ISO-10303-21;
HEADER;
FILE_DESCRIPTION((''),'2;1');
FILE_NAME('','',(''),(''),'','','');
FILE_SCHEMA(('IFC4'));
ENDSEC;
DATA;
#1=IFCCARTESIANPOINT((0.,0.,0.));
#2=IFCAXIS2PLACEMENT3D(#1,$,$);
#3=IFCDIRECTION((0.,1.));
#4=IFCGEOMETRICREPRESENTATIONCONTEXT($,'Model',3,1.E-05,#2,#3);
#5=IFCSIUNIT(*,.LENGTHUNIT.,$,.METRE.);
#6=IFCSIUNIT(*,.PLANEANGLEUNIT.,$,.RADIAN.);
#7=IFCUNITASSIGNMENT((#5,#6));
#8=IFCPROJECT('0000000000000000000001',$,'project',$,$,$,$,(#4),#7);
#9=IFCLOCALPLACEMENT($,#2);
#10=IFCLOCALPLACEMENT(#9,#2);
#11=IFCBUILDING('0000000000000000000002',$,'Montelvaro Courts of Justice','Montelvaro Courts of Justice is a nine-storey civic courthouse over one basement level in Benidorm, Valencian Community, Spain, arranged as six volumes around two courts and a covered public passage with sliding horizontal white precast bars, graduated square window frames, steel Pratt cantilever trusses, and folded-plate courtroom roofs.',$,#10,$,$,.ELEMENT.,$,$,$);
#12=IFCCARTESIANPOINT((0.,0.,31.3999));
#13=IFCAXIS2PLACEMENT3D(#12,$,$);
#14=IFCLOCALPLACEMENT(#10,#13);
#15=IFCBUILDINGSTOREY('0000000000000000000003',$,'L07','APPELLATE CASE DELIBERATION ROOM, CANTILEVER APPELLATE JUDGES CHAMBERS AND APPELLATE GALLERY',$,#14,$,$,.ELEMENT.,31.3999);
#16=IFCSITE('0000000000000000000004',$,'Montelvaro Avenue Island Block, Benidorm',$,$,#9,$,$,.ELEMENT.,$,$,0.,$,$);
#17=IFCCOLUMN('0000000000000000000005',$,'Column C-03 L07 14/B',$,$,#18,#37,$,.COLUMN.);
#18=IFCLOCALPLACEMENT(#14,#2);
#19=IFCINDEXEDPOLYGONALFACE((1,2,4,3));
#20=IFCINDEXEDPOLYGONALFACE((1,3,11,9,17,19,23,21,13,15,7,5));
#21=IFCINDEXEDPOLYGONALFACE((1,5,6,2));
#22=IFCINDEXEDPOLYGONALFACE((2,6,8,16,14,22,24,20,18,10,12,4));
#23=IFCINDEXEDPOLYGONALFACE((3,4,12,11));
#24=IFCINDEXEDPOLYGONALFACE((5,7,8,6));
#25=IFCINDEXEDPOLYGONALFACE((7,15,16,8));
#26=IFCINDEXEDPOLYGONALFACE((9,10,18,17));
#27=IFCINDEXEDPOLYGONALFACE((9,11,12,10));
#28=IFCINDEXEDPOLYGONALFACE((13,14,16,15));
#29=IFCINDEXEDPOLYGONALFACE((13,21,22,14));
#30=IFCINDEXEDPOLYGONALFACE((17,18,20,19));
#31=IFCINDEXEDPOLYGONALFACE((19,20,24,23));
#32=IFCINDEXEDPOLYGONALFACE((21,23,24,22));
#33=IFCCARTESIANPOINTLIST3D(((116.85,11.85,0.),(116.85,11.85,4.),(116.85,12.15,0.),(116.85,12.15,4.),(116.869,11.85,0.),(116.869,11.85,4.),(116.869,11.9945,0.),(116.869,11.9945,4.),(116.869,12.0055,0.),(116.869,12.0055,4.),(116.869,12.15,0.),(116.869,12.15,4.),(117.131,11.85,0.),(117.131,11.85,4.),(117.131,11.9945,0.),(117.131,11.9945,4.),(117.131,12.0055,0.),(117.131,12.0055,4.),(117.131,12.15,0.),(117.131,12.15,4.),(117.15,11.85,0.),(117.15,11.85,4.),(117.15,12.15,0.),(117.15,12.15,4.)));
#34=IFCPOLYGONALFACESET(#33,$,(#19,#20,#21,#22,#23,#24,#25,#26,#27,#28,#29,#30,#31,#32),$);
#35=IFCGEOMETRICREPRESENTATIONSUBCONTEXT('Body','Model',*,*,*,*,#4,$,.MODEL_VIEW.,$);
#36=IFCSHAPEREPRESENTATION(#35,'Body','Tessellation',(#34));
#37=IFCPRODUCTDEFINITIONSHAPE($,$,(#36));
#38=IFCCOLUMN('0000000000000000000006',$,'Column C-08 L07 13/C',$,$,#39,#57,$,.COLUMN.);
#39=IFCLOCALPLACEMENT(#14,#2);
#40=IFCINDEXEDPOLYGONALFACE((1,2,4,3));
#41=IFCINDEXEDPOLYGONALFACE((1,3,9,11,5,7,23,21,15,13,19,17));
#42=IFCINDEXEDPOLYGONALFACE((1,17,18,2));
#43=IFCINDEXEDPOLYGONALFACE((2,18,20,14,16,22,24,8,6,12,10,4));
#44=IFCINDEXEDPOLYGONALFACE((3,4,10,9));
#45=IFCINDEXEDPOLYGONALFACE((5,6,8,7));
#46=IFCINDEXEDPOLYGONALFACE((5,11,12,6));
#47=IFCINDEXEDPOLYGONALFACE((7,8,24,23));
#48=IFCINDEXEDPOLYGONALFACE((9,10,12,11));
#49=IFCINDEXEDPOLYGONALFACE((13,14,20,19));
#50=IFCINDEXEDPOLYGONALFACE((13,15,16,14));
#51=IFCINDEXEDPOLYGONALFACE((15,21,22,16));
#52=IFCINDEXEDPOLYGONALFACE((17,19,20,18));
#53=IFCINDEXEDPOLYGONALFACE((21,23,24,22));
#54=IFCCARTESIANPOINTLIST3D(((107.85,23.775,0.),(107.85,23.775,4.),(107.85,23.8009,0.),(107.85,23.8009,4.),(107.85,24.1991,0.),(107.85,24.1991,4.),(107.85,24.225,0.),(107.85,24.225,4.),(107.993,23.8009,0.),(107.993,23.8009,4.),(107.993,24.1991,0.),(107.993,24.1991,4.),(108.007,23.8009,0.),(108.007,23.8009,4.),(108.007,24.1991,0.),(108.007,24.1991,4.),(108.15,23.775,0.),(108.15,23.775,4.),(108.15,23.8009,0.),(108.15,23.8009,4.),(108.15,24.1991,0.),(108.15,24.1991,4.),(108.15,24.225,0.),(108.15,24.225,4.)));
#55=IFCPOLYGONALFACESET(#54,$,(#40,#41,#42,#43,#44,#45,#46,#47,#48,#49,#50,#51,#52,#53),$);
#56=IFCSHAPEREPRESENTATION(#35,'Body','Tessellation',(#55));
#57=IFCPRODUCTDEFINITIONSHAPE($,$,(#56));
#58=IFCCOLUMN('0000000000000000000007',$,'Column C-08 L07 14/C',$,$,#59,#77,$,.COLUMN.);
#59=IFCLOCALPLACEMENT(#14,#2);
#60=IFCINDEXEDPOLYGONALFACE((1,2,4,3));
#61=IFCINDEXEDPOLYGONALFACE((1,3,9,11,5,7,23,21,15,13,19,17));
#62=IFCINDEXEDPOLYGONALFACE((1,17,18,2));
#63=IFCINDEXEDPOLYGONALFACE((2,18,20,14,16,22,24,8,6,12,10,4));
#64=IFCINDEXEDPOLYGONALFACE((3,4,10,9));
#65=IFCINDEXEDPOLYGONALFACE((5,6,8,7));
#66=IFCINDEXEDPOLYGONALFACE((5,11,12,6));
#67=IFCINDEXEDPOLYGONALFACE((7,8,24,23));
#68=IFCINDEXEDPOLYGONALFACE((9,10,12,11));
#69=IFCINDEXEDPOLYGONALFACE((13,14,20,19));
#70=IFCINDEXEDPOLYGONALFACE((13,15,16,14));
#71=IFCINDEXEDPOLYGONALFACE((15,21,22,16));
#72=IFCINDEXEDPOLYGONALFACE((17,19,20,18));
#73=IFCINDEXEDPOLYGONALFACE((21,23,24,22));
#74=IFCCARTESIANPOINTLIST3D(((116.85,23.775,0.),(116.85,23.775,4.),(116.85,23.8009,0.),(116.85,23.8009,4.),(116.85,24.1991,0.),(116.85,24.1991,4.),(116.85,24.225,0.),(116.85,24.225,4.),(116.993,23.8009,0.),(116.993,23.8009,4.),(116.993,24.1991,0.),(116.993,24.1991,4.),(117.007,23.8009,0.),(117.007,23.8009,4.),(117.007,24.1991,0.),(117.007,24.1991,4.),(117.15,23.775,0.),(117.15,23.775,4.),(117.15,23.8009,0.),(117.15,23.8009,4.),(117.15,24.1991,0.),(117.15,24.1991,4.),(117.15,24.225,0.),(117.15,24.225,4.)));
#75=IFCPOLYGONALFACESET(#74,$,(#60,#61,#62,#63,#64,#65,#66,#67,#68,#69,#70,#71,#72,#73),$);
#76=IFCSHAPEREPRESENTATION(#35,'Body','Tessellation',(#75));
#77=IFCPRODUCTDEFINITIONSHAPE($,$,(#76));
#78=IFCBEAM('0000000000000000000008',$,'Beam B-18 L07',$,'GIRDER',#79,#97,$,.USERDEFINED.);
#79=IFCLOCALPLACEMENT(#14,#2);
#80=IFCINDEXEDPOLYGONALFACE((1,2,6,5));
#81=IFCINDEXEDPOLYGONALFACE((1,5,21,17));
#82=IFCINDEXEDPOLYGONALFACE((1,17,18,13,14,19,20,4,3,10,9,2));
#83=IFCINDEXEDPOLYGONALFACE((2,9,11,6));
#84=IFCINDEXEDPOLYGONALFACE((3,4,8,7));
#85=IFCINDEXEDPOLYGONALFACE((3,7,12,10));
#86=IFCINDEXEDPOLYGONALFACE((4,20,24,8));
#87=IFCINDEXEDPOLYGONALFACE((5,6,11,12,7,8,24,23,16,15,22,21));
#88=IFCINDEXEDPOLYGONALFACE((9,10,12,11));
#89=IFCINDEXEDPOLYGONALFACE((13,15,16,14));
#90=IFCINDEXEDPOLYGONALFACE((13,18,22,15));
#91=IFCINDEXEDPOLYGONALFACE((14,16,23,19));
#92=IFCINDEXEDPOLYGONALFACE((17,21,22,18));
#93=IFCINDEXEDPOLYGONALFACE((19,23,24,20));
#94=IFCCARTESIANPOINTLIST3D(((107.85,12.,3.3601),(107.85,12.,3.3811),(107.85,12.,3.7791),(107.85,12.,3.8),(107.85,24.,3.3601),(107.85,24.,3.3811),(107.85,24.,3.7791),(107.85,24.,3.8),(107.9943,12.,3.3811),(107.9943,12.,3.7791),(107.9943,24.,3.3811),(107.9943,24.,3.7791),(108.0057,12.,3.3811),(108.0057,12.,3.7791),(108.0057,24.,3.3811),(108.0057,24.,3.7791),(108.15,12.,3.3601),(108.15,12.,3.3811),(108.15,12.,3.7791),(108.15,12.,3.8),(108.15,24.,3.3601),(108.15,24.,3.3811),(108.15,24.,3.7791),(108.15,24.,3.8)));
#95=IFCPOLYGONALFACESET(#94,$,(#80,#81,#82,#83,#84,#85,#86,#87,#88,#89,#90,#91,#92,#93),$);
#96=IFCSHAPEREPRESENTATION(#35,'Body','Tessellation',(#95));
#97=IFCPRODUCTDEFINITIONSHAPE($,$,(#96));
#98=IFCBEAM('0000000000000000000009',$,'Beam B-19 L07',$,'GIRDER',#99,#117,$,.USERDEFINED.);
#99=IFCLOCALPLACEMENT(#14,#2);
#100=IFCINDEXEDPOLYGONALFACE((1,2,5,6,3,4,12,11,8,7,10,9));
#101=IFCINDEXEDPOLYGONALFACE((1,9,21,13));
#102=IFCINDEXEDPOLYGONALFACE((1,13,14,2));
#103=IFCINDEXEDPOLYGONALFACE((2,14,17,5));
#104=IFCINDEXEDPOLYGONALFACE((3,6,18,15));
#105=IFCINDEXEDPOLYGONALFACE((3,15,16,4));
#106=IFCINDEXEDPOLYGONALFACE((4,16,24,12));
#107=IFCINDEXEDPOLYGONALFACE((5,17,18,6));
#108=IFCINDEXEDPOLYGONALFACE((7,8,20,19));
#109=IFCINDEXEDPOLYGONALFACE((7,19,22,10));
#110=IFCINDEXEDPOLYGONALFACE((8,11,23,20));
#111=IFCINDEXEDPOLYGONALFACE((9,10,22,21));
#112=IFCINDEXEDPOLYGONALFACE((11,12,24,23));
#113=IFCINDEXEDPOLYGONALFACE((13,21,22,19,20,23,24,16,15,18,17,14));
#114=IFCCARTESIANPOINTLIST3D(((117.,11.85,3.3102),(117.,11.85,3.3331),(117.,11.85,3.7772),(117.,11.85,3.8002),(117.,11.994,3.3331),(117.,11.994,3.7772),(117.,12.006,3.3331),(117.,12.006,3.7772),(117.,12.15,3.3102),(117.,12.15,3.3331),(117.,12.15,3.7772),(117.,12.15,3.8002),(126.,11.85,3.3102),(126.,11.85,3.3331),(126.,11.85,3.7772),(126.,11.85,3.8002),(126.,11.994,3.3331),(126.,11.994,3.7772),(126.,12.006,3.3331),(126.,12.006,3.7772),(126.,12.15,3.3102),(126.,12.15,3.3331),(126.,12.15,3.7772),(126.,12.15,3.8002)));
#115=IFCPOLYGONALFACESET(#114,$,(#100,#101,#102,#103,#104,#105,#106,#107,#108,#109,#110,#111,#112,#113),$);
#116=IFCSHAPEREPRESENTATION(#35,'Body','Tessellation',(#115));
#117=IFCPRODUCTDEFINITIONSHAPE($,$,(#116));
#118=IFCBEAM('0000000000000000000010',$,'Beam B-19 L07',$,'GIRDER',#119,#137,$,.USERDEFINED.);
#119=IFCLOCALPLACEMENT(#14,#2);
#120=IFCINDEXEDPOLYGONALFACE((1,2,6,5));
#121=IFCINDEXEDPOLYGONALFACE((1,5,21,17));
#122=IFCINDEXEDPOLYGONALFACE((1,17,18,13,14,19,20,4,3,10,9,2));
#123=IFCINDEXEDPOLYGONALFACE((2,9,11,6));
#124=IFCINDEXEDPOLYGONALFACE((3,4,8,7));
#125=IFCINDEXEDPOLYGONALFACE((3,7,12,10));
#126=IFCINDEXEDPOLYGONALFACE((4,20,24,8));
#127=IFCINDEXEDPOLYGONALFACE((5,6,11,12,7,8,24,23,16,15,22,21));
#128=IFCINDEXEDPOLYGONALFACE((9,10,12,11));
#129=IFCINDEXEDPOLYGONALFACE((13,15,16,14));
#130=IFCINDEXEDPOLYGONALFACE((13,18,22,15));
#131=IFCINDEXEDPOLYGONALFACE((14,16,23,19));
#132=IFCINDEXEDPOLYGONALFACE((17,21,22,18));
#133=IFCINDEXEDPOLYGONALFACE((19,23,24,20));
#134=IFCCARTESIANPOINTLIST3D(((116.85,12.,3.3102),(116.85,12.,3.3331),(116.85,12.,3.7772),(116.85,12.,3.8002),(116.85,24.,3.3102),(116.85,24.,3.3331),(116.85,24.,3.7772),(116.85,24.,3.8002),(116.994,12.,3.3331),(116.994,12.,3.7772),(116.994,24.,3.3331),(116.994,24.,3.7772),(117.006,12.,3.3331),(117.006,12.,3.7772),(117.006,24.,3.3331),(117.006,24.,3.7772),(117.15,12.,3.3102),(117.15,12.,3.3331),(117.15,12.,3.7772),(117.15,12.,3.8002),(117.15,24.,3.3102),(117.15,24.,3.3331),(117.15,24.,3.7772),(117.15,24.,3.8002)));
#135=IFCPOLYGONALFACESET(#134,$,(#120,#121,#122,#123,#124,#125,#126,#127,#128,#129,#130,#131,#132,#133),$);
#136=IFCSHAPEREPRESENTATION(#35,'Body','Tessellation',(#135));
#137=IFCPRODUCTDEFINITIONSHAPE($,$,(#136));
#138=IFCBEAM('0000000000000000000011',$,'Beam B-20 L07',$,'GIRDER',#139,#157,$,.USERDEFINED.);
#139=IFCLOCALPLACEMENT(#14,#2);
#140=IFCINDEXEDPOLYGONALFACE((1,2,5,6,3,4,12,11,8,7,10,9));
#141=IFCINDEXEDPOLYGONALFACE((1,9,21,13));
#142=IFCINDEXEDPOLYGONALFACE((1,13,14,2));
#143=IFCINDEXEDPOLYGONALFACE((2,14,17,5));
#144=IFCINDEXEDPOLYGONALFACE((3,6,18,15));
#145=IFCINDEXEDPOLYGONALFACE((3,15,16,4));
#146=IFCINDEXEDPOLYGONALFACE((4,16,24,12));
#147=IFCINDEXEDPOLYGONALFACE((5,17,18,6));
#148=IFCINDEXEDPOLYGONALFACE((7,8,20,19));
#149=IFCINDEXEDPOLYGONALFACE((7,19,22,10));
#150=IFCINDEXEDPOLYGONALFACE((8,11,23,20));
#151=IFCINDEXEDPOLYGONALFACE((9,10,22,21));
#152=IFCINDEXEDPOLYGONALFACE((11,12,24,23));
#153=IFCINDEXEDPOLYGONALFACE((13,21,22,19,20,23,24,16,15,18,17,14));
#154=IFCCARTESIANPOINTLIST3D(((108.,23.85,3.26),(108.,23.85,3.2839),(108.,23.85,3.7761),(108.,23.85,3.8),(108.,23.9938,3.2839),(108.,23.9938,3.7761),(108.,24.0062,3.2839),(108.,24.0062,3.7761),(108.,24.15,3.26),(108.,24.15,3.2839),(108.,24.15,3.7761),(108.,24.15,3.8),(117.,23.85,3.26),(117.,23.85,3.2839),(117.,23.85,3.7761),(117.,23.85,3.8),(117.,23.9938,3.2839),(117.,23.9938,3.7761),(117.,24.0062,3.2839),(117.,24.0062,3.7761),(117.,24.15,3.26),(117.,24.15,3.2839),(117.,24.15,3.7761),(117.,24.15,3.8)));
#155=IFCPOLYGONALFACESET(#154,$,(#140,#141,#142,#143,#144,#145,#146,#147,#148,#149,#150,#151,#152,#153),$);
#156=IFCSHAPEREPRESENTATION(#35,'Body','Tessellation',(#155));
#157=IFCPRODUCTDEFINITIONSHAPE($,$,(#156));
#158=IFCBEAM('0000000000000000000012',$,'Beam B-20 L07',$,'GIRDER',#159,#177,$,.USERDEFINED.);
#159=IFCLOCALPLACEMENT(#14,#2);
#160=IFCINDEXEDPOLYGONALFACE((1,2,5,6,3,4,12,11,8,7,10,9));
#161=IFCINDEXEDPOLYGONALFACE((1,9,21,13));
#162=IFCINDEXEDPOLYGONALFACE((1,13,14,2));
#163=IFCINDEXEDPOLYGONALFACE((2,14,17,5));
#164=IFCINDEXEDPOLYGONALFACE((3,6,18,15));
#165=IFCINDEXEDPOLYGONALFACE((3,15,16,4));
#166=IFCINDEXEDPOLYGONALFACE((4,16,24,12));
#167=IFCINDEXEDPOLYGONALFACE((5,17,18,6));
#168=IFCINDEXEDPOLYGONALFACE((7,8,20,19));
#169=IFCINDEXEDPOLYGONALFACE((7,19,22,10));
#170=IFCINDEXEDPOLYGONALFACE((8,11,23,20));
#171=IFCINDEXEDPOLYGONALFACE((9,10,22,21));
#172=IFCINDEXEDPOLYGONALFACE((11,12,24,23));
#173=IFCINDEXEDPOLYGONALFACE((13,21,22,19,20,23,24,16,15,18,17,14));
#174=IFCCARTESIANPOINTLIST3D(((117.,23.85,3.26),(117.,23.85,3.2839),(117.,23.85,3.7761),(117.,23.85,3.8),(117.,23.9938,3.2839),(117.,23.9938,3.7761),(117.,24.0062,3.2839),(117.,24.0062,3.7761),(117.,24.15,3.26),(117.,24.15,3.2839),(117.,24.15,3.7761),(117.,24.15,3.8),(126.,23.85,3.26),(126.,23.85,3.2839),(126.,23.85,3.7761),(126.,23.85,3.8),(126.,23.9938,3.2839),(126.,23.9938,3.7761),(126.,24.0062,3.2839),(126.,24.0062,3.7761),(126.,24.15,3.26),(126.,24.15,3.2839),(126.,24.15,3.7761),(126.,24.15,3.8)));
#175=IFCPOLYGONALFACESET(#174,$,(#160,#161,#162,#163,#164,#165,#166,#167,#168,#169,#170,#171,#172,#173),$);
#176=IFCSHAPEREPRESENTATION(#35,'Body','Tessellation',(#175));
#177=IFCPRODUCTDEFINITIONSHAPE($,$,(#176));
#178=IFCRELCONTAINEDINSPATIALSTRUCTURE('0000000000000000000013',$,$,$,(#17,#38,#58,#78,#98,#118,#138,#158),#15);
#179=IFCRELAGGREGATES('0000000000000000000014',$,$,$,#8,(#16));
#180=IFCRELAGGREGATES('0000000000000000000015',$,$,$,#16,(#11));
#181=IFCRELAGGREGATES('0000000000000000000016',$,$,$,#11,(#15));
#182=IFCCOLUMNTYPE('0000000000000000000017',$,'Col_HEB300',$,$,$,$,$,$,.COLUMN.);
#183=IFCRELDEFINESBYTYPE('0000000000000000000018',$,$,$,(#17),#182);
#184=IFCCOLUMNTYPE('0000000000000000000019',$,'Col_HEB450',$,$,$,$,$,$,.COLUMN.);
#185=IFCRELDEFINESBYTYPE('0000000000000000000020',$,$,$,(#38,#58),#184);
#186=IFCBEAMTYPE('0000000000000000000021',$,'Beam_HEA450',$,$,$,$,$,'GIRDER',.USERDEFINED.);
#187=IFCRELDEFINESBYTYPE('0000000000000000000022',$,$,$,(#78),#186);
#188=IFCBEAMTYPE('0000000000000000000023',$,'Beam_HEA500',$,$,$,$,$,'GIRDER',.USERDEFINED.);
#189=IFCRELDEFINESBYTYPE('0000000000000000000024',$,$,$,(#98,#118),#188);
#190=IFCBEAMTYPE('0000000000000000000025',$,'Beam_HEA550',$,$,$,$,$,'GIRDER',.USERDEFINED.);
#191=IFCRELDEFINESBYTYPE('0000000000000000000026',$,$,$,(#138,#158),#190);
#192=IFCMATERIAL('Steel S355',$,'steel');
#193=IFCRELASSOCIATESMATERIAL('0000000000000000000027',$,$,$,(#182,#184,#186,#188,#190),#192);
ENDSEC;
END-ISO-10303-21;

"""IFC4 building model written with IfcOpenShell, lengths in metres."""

from ifc_helpers import new_model, si_unit, direction, frame, origin, origin_2d, place, context, subcontext, project, spatial, i_section, extrude, material, material_profile, profile_set, type_object, element, save


model = new_model("IFC4")

# Units and contexts
model_context = context("Model", 3, precision=1e-05, world=origin(), true_north=direction((0.0, 1.0)))
body_context = subcontext(model_context, "Body", "Model", "MODEL_VIEW")
ifc_project = project(units=[si_unit("LENGTHUNIT", "METRE"), si_unit("PLANEANGLEUNIT", "RADIAN")], contexts=[model_context])

# Site, building, storey
site_placement = place(None, origin())
site = spatial("IfcSite", under=ifc_project, at=site_placement, Name="Montelvaro Avenue Island Block, Benidorm", CompositionType="ELEMENT", RefElevation=0.0)
building_placement = place(site_placement, origin())
building = spatial("IfcBuilding", under=site, at=building_placement, Name="Montelvaro Courts of Justice", Description="Montelvaro Courts of Justice is a nine-storey civic courthouse over one basement level in Benidorm, Valencian Community, Spain, arranged as six volumes around two courts and a covered public passage with sliding horizontal white precast bars, graduated square window frames, steel Pratt cantilever trusses, and folded-plate courtroom roofs.", CompositionType="ELEMENT")
storey_placement = place(building_placement, frame((0.0, 0.0, 31.3999)))
storey = spatial("IfcBuildingStorey", under=building, at=storey_placement, Name="L07", Description="APPELLATE CASE DELIBERATION ROOM, CANTILEVER APPELLATE JUDGES CHAMBERS AND APPELLATE GALLERY", CompositionType="ELEMENT", Elevation=31.3999)

# Columns
ifc_material_1 = material(Name="Steel S355", Category="steel")
ifc_material_profile_1 = material_profile(ifc_material_1, i_section(OverallWidth=0.3, OverallDepth=0.3, WebThickness=0.011, FlangeThickness=0.019, at=origin_2d()), Name="HEB 300")
ifc_profile_set_1 = profile_set([ifc_material_profile_1], Name="Steel S355")
column_type_1 = type_object("IfcColumnType", Name="Col_HEB300", PredefinedType="COLUMN", material=ifc_profile_set_1)
column_placement = place(storey_placement, frame((117.0, 12.0, 0.0), z_axis=(0.0, 0.0, 1.0), x_axis=(0.0, 1.0, 0.0)))
element("IfcColumn", 1, at=column_placement, inside=storey, type_object=column_type_1, Name="Column C-03 L07 14/B", PredefinedType="COLUMN", context=body_context, shape_type="SweptSolid", body=[
    extrude(i_section(OverallWidth=0.3, OverallDepth=0.3, WebThickness=0.011, FlangeThickness=0.019, at=origin_2d()), origin(), (0.0, 0.0, 1.0), 4.0),
])
ifc_material_profile_2 = material_profile(ifc_material_1, i_section(OverallWidth=0.3, OverallDepth=0.45, WebThickness=0.0139, FlangeThickness=0.0259, at=origin_2d()), Name="HEB 450")
ifc_profile_set_2 = profile_set([ifc_material_profile_2], Name="Steel S355")
column_type_2 = type_object("IfcColumnType", Name="Col_HEB450", PredefinedType="COLUMN", material=ifc_profile_set_2)
for number, where, z_axis, x_axis, name in (
    (2, (108.0, 24.0, 0.0), (0.0, 0.0, 1.0), (1.0, 0.0, 0.0), "Column C-08 L07 13/C"),
    (3, (117.0, 24.0, 0.0), (0.0, 0.0, 1.0), (1.0, 0.0, 0.0), "Column C-08 L07 14/C"),
):
    element("IfcColumn", number, at=place(storey_placement, frame(where, z_axis=z_axis, x_axis=x_axis)), inside=storey, type_object=column_type_2, Name=name, PredefinedType="COLUMN", context=body_context, shape_type="SweptSolid", body=[
        extrude(i_section(OverallWidth=0.3, OverallDepth=0.45, WebThickness=0.0139, FlangeThickness=0.0259, at=origin_2d()), origin(), (0.0, 0.0, 1.0), 4.0),
    ])

# Beams
ifc_material_profile_3 = material_profile(ifc_material_1, i_section(OverallWidth=0.3, OverallDepth=0.4399, WebThickness=0.0115, FlangeThickness=0.021, at=origin_2d()), Name="HEA 450")
ifc_profile_set_3 = profile_set([ifc_material_profile_3], Name="Steel S355")
beam_type_1 = type_object("IfcBeamType", Name="Beam_HEA450", ElementType="GIRDER", PredefinedType="USERDEFINED", material=ifc_profile_set_3)
beam_1_placement = place(storey_placement, frame((108.0, 12.0, 3.5801), z_axis=(0.0, 1.0, 0.0), x_axis=(-1.0, 0.0, 0.0)))
element("IfcBeam", 4, at=beam_1_placement, inside=storey, type_object=beam_type_1, Name="Beam B-18 L07", ObjectType="GIRDER", PredefinedType="USERDEFINED", context=body_context, shape_type="SweptSolid", body=[
    extrude(i_section(OverallWidth=0.3, OverallDepth=0.4399, WebThickness=0.0115, FlangeThickness=0.021, at=origin_2d()), origin(), (0.0, 0.0, 1.0), 12.0),
])
ifc_material_profile_4 = material_profile(ifc_material_1, i_section(OverallWidth=0.3, OverallDepth=0.49, WebThickness=0.012, FlangeThickness=0.0229, at=origin_2d()), Name="HEA 500")
ifc_profile_set_4 = profile_set([ifc_material_profile_4], Name="Steel S355")
beam_type_2 = type_object("IfcBeamType", Name="Beam_HEA500", ElementType="GIRDER", PredefinedType="USERDEFINED", material=ifc_profile_set_4)
beam_2_placement = place(storey_placement, frame((117.0, 12.0, 3.5552), z_axis=(1.0, 0.0, 0.0), x_axis=(0.0, 1.0, 0.0)))
element("IfcBeam", 5, at=beam_2_placement, inside=storey, type_object=beam_type_2, Name="Beam B-19 L07", ObjectType="GIRDER", PredefinedType="USERDEFINED", context=body_context, shape_type="SweptSolid", body=[
    extrude(i_section(OverallWidth=0.3, OverallDepth=0.49, WebThickness=0.012, FlangeThickness=0.0229, at=origin_2d()), origin(), (0.0, 0.0, 1.0), 9.0),
])
beam_3_placement = place(storey_placement, frame((117.0, 12.0, 3.5552), z_axis=(0.0, 1.0, 0.0), x_axis=(-1.0, 0.0, 0.0)))
element("IfcBeam", 6, at=beam_3_placement, inside=storey, type_object=beam_type_2, Name="Beam B-19 L07", ObjectType="GIRDER", PredefinedType="USERDEFINED", context=body_context, shape_type="SweptSolid", body=[
    extrude(i_section(OverallWidth=0.3, OverallDepth=0.49, WebThickness=0.012, FlangeThickness=0.0229, at=origin_2d()), origin(), (0.0, 0.0, 1.0), 12.0),
])
ifc_material_profile_5 = material_profile(ifc_material_1, i_section(OverallWidth=0.3, OverallDepth=0.54, WebThickness=0.0125, FlangeThickness=0.0239, at=origin_2d()), Name="HEA 550")
ifc_profile_set_5 = profile_set([ifc_material_profile_5], Name="Steel S355")
beam_type_3 = type_object("IfcBeamType", Name="Beam_HEA550", ElementType="GIRDER", PredefinedType="USERDEFINED", material=ifc_profile_set_5)
for number, where, z_axis, x_axis, name in (
    (7, (108.0, 24.0, 3.53), (1.0, 0.0, 0.0), (0.0, 1.0, 0.0), "Beam B-20 L07"),
    (8, (117.0, 24.0, 3.53), (1.0, 0.0, 0.0), (0.0, 1.0, 0.0), "Beam B-20 L07"),
):
    element("IfcBeam", number, at=place(storey_placement, frame(where, z_axis=z_axis, x_axis=x_axis)), inside=storey, type_object=beam_type_3, Name=name, ObjectType="GIRDER", PredefinedType="USERDEFINED", context=body_context, shape_type="SweptSolid", body=[
        extrude(i_section(OverallWidth=0.3, OverallDepth=0.54, WebThickness=0.0125, FlangeThickness=0.0239, at=origin_2d()), origin(), (0.0, 0.0, 1.0), 9.0),
    ])

save(model, "model.ifc")
